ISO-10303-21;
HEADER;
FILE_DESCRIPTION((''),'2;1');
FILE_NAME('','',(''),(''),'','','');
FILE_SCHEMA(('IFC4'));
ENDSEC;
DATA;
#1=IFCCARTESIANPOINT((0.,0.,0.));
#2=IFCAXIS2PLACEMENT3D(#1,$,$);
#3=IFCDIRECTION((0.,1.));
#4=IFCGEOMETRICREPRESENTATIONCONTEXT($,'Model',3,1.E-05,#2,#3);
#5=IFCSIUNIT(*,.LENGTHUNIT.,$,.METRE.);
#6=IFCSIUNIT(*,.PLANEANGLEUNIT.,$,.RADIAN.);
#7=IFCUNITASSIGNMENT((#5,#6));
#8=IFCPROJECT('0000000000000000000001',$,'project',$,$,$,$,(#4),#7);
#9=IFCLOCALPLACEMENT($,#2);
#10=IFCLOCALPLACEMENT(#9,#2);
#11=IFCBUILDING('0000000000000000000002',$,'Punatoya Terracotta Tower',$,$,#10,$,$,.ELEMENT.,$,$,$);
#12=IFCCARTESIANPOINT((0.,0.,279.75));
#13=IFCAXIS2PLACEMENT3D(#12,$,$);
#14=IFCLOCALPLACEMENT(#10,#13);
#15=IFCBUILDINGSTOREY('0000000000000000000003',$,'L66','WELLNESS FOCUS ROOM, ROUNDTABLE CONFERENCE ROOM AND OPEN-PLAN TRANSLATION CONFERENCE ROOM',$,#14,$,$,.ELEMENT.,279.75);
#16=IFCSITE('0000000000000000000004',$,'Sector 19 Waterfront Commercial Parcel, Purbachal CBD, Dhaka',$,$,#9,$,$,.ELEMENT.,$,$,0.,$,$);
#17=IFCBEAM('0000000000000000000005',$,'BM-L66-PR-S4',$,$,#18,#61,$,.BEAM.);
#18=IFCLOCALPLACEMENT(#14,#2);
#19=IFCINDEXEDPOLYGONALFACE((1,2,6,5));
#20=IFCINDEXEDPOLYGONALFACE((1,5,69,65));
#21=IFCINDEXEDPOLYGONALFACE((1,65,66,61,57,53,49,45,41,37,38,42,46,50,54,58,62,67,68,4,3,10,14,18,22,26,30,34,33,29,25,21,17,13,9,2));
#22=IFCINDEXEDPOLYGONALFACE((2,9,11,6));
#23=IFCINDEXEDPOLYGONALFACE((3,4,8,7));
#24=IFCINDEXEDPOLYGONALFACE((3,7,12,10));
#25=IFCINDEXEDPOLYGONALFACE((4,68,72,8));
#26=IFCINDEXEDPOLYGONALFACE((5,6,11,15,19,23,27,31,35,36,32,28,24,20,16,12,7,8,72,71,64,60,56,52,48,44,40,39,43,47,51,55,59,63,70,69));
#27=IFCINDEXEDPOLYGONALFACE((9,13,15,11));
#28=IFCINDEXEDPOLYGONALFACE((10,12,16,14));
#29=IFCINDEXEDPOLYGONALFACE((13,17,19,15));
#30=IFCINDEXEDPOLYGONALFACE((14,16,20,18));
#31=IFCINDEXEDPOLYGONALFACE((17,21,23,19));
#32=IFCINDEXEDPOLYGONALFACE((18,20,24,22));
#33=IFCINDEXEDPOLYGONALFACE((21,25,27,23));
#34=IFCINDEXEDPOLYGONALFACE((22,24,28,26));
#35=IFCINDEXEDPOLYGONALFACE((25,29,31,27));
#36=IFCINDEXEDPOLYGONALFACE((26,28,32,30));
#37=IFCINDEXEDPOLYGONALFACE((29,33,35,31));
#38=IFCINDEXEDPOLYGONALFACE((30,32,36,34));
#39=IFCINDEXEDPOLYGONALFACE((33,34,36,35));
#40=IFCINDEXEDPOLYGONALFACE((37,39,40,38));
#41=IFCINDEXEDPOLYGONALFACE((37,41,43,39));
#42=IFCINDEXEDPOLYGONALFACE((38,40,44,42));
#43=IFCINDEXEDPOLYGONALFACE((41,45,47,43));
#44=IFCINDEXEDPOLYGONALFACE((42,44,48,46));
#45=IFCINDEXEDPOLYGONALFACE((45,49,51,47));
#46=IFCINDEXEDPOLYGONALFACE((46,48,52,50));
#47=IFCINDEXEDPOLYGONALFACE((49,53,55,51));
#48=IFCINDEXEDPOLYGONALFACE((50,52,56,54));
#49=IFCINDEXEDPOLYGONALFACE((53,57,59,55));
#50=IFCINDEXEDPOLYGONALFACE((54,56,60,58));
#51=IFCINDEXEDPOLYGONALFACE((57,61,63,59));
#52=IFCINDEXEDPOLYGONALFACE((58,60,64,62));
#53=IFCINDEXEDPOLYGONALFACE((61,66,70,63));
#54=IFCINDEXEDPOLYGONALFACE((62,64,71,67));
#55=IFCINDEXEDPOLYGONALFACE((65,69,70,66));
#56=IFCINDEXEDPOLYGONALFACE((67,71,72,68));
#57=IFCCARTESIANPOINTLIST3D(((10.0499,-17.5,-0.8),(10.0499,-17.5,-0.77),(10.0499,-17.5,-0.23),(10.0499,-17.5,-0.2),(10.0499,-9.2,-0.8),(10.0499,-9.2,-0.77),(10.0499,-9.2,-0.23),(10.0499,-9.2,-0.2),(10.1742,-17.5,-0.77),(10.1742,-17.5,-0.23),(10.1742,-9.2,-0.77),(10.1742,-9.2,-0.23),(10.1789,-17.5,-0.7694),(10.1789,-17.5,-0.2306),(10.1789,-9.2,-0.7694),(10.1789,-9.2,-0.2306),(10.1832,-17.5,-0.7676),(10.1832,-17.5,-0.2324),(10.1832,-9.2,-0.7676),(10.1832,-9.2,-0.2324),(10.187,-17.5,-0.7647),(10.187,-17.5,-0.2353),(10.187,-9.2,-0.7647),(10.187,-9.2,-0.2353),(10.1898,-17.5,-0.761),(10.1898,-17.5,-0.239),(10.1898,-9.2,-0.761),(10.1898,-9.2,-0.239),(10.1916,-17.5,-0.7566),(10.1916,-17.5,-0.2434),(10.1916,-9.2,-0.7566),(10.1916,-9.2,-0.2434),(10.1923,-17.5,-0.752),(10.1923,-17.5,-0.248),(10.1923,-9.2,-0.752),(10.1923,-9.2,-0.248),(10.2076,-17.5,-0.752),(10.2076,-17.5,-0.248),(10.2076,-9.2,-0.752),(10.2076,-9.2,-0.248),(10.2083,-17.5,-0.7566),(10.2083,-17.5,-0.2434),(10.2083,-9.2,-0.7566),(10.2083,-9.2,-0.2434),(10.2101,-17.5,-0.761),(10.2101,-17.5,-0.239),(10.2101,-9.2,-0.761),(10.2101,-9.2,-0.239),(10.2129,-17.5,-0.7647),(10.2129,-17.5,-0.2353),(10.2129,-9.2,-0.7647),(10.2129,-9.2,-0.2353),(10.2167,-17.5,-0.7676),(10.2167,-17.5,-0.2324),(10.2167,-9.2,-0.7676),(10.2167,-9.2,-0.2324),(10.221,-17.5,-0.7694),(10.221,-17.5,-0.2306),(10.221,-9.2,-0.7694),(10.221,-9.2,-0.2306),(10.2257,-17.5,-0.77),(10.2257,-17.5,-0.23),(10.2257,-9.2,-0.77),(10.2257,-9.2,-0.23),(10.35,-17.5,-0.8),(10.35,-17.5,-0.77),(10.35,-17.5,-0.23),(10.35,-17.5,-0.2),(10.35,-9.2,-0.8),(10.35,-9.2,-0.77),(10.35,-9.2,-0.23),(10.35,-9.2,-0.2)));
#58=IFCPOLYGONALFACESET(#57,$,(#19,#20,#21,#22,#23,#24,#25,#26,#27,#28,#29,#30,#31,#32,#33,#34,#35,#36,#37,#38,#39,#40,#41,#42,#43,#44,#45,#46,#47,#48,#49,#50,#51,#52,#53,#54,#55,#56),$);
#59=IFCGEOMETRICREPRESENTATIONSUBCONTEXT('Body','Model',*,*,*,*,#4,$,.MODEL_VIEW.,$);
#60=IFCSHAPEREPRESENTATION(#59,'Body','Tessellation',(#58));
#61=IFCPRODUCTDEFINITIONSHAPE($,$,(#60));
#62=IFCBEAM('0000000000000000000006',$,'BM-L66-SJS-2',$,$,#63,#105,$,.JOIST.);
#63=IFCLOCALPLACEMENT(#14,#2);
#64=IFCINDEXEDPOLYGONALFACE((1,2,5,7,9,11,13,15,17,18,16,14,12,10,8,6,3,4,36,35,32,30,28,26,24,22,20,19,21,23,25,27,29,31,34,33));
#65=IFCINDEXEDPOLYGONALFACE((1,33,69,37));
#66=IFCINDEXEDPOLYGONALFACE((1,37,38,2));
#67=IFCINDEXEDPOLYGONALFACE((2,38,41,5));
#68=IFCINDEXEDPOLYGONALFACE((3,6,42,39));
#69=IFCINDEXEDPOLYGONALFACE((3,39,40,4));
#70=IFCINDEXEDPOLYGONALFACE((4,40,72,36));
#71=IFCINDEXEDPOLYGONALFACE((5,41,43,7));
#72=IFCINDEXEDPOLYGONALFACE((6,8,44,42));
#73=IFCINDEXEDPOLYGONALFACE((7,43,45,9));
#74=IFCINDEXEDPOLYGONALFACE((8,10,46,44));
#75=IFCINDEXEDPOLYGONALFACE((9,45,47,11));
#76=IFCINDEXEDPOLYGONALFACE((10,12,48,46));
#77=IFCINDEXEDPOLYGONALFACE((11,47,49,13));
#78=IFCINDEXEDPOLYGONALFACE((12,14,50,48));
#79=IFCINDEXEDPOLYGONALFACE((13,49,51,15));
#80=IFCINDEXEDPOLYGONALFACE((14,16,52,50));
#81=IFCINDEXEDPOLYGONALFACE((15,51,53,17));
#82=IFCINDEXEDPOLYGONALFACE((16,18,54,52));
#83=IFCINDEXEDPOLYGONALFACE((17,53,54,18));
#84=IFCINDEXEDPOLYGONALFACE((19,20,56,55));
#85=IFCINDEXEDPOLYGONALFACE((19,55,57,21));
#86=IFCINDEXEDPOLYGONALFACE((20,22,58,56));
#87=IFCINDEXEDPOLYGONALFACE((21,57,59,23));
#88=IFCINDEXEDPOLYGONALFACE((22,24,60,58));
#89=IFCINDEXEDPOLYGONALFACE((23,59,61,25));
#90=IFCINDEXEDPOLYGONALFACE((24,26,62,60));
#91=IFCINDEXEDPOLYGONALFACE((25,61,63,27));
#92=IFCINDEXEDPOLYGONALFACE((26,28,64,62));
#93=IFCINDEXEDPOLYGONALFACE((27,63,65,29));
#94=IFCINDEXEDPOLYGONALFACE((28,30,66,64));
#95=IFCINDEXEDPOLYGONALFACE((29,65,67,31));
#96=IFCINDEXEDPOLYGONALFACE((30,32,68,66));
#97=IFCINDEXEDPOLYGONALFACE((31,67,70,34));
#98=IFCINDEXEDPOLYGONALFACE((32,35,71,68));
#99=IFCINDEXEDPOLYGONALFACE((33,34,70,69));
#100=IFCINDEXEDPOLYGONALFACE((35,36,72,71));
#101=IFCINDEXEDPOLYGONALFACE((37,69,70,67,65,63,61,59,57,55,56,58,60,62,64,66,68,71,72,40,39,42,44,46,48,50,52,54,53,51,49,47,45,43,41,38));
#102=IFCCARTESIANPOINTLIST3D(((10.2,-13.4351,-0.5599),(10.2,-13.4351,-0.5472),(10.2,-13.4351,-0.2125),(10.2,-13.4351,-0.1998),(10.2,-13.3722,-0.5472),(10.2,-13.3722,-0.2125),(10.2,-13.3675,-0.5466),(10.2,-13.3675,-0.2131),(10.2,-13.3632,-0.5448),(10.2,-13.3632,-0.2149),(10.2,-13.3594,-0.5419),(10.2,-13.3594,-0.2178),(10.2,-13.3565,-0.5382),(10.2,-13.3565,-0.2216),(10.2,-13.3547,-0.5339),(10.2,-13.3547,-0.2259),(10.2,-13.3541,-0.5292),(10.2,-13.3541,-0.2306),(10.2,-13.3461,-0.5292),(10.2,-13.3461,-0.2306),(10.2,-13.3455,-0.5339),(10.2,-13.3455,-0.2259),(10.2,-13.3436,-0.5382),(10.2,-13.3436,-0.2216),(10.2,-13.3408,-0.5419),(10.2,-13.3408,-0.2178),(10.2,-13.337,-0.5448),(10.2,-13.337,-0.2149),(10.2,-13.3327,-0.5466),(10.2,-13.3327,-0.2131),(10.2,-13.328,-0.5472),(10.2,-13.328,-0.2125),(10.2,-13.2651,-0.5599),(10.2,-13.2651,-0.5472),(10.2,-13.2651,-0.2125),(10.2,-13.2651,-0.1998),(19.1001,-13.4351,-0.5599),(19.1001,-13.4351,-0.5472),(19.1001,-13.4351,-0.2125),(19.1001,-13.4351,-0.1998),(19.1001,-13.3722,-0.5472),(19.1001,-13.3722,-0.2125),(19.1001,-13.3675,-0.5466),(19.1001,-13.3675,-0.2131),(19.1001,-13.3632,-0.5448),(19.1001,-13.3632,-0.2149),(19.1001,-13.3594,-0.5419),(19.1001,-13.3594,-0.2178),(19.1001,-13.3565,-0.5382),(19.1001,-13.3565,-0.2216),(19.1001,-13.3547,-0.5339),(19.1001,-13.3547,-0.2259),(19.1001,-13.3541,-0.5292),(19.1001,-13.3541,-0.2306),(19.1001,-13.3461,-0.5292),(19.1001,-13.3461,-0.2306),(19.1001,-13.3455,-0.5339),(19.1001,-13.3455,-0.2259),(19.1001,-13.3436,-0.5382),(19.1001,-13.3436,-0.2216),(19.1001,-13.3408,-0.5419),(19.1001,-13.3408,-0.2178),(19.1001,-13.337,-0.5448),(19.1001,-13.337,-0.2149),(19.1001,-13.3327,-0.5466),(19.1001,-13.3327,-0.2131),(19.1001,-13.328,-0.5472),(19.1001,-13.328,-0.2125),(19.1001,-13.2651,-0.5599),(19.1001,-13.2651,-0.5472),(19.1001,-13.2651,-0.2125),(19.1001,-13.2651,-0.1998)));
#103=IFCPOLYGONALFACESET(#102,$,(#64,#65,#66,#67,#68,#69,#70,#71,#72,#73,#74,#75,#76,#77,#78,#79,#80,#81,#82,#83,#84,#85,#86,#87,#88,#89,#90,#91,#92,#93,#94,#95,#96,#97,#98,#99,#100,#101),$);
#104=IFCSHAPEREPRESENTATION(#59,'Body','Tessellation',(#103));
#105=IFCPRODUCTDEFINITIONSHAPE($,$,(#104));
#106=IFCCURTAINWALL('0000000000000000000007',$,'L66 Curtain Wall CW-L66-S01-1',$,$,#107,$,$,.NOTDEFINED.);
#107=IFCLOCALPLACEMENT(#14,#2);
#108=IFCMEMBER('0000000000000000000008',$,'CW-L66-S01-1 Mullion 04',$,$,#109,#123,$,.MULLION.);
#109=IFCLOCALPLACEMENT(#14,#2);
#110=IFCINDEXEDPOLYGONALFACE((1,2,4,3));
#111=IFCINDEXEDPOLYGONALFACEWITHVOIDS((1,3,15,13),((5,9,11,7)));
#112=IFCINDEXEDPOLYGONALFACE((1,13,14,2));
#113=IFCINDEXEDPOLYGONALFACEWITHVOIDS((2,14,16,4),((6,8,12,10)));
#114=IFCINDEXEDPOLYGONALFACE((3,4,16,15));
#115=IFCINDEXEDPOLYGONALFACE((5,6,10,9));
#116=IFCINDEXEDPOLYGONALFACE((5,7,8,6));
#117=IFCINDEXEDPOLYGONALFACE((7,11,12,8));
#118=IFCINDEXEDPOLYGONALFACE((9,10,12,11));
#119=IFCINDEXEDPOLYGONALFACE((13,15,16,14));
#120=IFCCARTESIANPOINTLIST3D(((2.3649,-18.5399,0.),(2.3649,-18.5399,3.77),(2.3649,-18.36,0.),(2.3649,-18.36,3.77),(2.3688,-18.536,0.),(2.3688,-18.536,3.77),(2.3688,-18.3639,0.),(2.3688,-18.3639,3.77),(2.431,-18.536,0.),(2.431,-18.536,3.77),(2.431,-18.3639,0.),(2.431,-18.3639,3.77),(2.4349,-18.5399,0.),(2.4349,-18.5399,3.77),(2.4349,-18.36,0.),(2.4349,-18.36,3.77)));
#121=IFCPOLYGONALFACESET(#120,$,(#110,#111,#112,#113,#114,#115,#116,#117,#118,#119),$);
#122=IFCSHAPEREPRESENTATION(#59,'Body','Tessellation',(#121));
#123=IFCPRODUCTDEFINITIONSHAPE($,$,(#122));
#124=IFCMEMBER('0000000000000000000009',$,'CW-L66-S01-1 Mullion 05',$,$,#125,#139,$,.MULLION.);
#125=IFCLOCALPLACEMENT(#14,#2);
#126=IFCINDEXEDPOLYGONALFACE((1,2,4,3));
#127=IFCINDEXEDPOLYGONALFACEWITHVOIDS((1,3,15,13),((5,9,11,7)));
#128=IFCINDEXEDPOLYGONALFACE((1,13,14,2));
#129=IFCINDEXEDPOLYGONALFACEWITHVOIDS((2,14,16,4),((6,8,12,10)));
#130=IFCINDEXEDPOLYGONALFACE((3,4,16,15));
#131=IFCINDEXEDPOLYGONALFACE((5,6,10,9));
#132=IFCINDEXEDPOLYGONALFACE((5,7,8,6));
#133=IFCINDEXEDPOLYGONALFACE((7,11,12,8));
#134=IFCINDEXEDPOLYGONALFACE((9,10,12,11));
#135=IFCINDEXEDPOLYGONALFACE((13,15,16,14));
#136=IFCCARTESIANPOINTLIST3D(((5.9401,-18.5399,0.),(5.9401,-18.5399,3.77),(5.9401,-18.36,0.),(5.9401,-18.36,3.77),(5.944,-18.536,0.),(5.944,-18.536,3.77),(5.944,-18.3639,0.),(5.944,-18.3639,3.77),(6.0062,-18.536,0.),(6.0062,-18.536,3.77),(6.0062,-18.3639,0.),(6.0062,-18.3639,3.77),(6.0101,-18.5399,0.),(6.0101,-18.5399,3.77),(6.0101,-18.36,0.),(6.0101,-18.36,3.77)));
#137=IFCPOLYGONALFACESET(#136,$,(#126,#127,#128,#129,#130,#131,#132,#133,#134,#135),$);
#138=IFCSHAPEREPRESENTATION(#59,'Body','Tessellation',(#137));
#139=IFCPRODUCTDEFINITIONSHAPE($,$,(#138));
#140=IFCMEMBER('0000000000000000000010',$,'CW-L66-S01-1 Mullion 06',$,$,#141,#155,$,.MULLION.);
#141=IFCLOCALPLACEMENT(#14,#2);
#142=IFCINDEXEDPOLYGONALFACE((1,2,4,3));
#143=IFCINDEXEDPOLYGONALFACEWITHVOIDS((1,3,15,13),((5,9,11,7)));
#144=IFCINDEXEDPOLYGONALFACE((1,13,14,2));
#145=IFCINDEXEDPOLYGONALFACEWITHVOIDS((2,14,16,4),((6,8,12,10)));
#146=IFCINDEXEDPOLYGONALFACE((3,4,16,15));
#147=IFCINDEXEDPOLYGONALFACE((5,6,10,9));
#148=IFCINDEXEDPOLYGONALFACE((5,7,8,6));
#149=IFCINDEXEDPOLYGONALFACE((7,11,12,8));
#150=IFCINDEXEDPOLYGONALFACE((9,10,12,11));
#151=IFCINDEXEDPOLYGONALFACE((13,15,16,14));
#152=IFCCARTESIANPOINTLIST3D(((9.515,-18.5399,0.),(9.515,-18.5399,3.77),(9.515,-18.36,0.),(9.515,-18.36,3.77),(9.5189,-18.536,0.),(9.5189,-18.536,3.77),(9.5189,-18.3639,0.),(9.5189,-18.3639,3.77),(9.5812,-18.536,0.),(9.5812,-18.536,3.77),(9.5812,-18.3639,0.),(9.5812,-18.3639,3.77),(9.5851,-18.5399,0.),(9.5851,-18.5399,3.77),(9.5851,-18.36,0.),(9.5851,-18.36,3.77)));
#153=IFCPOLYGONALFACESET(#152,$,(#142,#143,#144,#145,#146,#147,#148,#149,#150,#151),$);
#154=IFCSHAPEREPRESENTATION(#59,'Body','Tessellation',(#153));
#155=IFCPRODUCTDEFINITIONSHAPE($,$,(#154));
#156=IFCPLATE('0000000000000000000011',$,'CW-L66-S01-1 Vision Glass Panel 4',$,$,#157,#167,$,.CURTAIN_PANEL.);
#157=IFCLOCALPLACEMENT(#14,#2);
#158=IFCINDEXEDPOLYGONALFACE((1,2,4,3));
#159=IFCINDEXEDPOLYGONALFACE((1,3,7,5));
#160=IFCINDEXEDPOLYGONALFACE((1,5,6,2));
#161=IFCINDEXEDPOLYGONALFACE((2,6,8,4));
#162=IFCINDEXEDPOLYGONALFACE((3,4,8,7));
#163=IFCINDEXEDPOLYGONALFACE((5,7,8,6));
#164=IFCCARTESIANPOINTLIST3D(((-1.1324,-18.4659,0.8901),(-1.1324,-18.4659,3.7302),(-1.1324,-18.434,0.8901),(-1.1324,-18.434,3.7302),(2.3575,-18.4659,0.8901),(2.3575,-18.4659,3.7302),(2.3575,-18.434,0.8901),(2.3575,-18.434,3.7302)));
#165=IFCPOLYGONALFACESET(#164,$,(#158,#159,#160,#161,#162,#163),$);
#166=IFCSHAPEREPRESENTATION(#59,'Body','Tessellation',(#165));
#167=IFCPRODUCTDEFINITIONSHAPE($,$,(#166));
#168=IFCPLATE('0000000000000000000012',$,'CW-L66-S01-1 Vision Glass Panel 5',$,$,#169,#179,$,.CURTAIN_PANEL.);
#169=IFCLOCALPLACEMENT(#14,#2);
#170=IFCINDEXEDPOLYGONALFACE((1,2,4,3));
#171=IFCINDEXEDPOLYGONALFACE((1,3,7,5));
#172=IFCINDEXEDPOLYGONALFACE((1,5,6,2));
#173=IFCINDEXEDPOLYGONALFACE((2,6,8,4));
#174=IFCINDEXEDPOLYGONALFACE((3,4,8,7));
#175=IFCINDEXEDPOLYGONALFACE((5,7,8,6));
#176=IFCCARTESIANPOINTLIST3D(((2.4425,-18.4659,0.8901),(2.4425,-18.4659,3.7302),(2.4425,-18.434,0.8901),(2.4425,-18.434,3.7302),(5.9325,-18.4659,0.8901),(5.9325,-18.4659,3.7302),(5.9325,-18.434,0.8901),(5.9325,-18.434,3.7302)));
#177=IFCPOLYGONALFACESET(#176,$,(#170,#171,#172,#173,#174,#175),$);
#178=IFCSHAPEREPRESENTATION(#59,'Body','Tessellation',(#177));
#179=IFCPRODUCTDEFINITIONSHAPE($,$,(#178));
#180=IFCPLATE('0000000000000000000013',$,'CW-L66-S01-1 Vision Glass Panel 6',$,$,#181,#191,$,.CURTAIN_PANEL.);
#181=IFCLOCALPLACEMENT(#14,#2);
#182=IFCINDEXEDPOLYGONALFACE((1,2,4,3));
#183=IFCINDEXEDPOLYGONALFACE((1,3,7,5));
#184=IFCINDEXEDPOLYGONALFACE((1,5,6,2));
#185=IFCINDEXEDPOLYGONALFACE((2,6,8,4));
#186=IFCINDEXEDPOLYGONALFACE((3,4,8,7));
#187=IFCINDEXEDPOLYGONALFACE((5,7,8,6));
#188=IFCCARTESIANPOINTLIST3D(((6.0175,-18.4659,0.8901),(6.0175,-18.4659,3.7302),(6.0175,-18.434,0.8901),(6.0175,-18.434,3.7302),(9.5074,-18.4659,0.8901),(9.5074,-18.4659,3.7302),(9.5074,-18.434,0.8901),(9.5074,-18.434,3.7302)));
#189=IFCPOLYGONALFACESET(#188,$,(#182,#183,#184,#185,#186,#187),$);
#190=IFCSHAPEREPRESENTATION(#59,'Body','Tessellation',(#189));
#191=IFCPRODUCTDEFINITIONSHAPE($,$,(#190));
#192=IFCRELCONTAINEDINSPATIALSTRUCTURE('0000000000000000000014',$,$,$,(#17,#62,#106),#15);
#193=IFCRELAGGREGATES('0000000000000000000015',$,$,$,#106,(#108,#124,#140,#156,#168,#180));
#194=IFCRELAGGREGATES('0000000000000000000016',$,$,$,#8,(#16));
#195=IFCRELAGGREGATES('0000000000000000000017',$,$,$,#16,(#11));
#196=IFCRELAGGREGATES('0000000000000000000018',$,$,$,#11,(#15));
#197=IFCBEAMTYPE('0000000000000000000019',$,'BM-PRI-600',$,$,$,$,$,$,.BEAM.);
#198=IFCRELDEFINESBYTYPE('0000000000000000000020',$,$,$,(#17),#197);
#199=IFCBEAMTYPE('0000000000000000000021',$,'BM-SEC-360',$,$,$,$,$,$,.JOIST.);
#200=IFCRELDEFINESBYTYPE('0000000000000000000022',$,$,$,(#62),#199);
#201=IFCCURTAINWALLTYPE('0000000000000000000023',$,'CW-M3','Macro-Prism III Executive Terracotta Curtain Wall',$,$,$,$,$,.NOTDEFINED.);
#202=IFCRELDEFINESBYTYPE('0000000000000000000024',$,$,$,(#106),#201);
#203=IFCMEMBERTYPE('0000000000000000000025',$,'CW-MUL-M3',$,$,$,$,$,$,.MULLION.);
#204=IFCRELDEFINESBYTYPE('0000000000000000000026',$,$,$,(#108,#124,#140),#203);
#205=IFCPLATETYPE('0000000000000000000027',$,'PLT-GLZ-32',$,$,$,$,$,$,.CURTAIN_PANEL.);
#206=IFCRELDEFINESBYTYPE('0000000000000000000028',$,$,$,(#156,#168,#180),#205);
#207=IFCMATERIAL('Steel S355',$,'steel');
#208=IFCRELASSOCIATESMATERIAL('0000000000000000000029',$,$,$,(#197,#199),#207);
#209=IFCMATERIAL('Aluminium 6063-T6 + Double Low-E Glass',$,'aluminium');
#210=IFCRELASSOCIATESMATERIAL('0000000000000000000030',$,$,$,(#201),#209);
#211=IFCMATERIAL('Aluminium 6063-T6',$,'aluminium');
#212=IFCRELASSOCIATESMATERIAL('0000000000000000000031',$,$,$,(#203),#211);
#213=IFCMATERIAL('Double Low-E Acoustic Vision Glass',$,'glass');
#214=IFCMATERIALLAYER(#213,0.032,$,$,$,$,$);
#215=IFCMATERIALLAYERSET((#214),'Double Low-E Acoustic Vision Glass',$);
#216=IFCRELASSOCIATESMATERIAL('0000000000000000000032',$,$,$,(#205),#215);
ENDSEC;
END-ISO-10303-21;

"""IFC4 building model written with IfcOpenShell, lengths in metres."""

from ifc_helpers import new_model, si_unit, direction, frame, origin, origin_2d, place, context, subcontext, project, spatial, rectangle, hollow_rectangle, i_section, extrude, material, layer, layer_set, material_profile, profile_set, type_object, element, aggregate, save


model = new_model("IFC4")

# Units and contexts
model_context = context("Model", 3, precision=1e-05, world=origin(), true_north=direction((0.0, 1.0)))
body_context = subcontext(model_context, "Body", "Model", "MODEL_VIEW")
ifc_project = project(units=[si_unit("LENGTHUNIT", "METRE"), si_unit("PLANEANGLEUNIT", "RADIAN")], contexts=[model_context])

# Site, building, storey
site_placement = place(None, origin())
site = spatial("IfcSite", under=ifc_project, at=site_placement, Name="Sector 19 Waterfront Commercial Parcel, Purbachal CBD, Dhaka", CompositionType="ELEMENT", RefElevation=0.0)
building_placement = place(site_placement, origin())
building = spatial("IfcBuilding", under=site, at=building_placement, Name="Punatoya Terracotta Tower", CompositionType="ELEMENT")
storey_placement = place(building_placement, frame((0.0, 0.0, 279.75)))
storey = spatial("IfcBuildingStorey", under=building, at=storey_placement, Name="L66", Description="WELLNESS FOCUS ROOM, ROUNDTABLE CONFERENCE ROOM AND OPEN-PLAN TRANSLATION CONFERENCE ROOM", CompositionType="ELEMENT", Elevation=279.75)

# Beams
ifc_material_1 = material(Name="Steel S355", Category="steel")
ifc_material_profile_1 = material_profile(ifc_material_1, i_section(OverallWidth=0.3, OverallDepth=0.6001, WebThickness=0.0154, FlangeThickness=0.03, FilletRadius=0.0181, at=origin_2d()))
ifc_profile_set_1 = profile_set([ifc_material_profile_1], Name="Steel S355")
beam_type_1 = type_object("IfcBeamType", Name="BM-PRI-600", PredefinedType="BEAM", material=ifc_profile_set_1)
for number, where, z_axis, x_axis, name in (
    (1, (10.2, -17.5, -0.5), (0.0, 1.0, 0.0), (-1.0, 0.0, 0.0), "BM-L66-PR-S4"),
):
    element("IfcBeam", number, at=place(storey_placement, frame(where, z_axis=z_axis, x_axis=x_axis)), inside=storey, type_object=beam_type_1, Name=name, PredefinedType="BEAM", context=body_context, shape_type="SweptSolid", body=[
        extrude(i_section(OverallWidth=0.3, OverallDepth=0.6001, WebThickness=0.0154, FlangeThickness=0.03, FilletRadius=0.0181, at=origin_2d()), origin(), (0.0, 0.0, 1.0), 8.3),
    ])
ifc_material_profile_2 = material_profile(ifc_material_1, i_section(OverallWidth=0.1699, OverallDepth=0.3601, WebThickness=0.0081, FlangeThickness=0.0127, FilletRadius=0.0181, at=origin_2d()))
ifc_profile_set_2 = profile_set([ifc_material_profile_2], Name="Steel S355")
beam_type_2 = type_object("IfcBeamType", Name="BM-SEC-360", PredefinedType="JOIST", material=ifc_profile_set_2)
beam_1_placement = place(storey_placement, frame((10.2, -13.3501, -0.3799), z_axis=(1.0, 0.0, 0.0), x_axis=(0.0, 1.0, 0.0)))
element("IfcBeam", 2, at=beam_1_placement, inside=storey, type_object=beam_type_2, Name="BM-L66-SJS-2", PredefinedType="JOIST", context=body_context, shape_type="SweptSolid", body=[
    extrude(i_section(OverallWidth=0.1699, OverallDepth=0.3601, WebThickness=0.0081, FlangeThickness=0.0127, FilletRadius=0.0181, at=origin_2d()), origin(), (0.0, 0.0, 1.0), 8.9001),
])

# Curtain wall, members, plates
ifc_material_2 = material(Name="Aluminium 6063-T6 + Double Low-E Glass", Category="aluminium")
curtain_wall_type = type_object("IfcCurtainWallType", Name="CW-M3", Description="Macro-Prism III Executive Terracotta Curtain Wall", PredefinedType="NOTDEFINED", material=ifc_material_2)
curtain_wall_placement = place(storey_placement, origin())
curtain_wall = element("IfcCurtainWall", 3, at=curtain_wall_placement, inside=storey, type_object=curtain_wall_type, Name="L66 Curtain Wall CW-L66-S01-1", PredefinedType="NOTDEFINED")
ifc_material_3 = material(Name="Aluminium 6063-T6", Category="aluminium")
ifc_material_profile_3 = material_profile(ifc_material_3, hollow_rectangle(XDim=0.0701, YDim=0.1799, WallThickness=0.0039, at=origin_2d()))
ifc_profile_set_3 = profile_set([ifc_material_profile_3], Name="Aluminium 6063-T6")
member_type = type_object("IfcMemberType", Name="CW-MUL-M3", PredefinedType="MULLION", material=ifc_profile_set_3)
member_1_placement = place(storey_placement, frame((2.3999, -18.45, 0.0), z_axis=(0.0, 0.0, 1.0), x_axis=(1.0, 0.0, 0.0)))
member_1 = element("IfcMember", 4, at=member_1_placement, type_object=member_type, Name="CW-L66-S01-1 Mullion 04", PredefinedType="MULLION", context=body_context, shape_type="SweptSolid", body=[
    extrude(hollow_rectangle(XDim=0.0701, YDim=0.1799, WallThickness=0.0039, at=origin_2d()), origin(), (0.0, 0.0, 1.0), 3.77),
])
member_2_placement = place(storey_placement, frame((5.9751, -18.45, 0.0), z_axis=(0.0, 0.0, 1.0), x_axis=(1.0, 0.0, 0.0)))
member_2 = element("IfcMember", 5, at=member_2_placement, type_object=member_type, Name="CW-L66-S01-1 Mullion 05", PredefinedType="MULLION", context=body_context, shape_type="SweptSolid", body=[
    extrude(hollow_rectangle(XDim=0.0701, YDim=0.1799, WallThickness=0.0039, at=origin_2d()), origin(), (0.0, 0.0, 1.0), 3.77),
])
member_3_placement = place(storey_placement, frame((9.55, -18.45, 0.0), z_axis=(0.0, 0.0, 1.0), x_axis=(1.0, 0.0, 0.0)))
member_3 = element("IfcMember", 6, at=member_3_placement, type_object=member_type, Name="CW-L66-S01-1 Mullion 06", PredefinedType="MULLION", context=body_context, shape_type="SweptSolid", body=[
    extrude(hollow_rectangle(XDim=0.0701, YDim=0.1799, WallThickness=0.0039, at=origin_2d()), origin(), (0.0, 0.0, 1.0), 3.77),
])
ifc_material_4 = material(Name="Double Low-E Acoustic Vision Glass", Category="glass")
ifc_layer_1 = layer(ifc_material_4, 0.032)
ifc_layer_set_1 = layer_set([ifc_layer_1], Name="Double Low-E Acoustic Vision Glass")
plate_type_1 = type_object("IfcPlateType", Name="PLT-GLZ-32", PredefinedType="CURTAIN_PANEL", material=ifc_layer_set_1)
plate_1_placement = place(storey_placement, frame((0.6125, -18.45, 0.8901), z_axis=(0.0, 0.0, 1.0), x_axis=(1.0, 0.0, 0.0)))
plate_1 = element("IfcPlate", 7, at=plate_1_placement, type_object=plate_type_1, Name="CW-L66-S01-1 Vision Glass Panel 4", PredefinedType="CURTAIN_PANEL", context=body_context, shape_type="SweptSolid", body=[
    extrude(rectangle(XDim=3.49, YDim=0.032, at=origin_2d()), origin(), (0.0, 0.0, 1.0), 2.8401),
])
plate_2_placement = place(storey_placement, frame((4.1875, -18.45, 0.8901), z_axis=(0.0, 0.0, 1.0), x_axis=(1.0, 0.0, 0.0)))
plate_2 = element("IfcPlate", 8, at=plate_2_placement, type_object=plate_type_1, Name="CW-L66-S01-1 Vision Glass Panel 5", PredefinedType="CURTAIN_PANEL", context=body_context, shape_type="SweptSolid", body=[
    extrude(rectangle(XDim=3.49, YDim=0.032, at=origin_2d()), origin(), (0.0, 0.0, 1.0), 2.8401),
])
plate_3_placement = place(storey_placement, frame((7.7625, -18.45, 0.8901), z_axis=(0.0, 0.0, 1.0), x_axis=(1.0, 0.0, 0.0)))
plate_3 = element("IfcPlate", 9, at=plate_3_placement, type_object=plate_type_1, Name="CW-L66-S01-1 Vision Glass Panel 6", PredefinedType="CURTAIN_PANEL", context=body_context, shape_type="SweptSolid", body=[
    extrude(rectangle(XDim=3.49, YDim=0.032, at=origin_2d()), origin(), (0.0, 0.0, 1.0), 2.8401),
])
aggregate(curtain_wall, [member_1, member_2, member_3, plate_1, plate_2, plate_3])

save(model, "model.ifc")
